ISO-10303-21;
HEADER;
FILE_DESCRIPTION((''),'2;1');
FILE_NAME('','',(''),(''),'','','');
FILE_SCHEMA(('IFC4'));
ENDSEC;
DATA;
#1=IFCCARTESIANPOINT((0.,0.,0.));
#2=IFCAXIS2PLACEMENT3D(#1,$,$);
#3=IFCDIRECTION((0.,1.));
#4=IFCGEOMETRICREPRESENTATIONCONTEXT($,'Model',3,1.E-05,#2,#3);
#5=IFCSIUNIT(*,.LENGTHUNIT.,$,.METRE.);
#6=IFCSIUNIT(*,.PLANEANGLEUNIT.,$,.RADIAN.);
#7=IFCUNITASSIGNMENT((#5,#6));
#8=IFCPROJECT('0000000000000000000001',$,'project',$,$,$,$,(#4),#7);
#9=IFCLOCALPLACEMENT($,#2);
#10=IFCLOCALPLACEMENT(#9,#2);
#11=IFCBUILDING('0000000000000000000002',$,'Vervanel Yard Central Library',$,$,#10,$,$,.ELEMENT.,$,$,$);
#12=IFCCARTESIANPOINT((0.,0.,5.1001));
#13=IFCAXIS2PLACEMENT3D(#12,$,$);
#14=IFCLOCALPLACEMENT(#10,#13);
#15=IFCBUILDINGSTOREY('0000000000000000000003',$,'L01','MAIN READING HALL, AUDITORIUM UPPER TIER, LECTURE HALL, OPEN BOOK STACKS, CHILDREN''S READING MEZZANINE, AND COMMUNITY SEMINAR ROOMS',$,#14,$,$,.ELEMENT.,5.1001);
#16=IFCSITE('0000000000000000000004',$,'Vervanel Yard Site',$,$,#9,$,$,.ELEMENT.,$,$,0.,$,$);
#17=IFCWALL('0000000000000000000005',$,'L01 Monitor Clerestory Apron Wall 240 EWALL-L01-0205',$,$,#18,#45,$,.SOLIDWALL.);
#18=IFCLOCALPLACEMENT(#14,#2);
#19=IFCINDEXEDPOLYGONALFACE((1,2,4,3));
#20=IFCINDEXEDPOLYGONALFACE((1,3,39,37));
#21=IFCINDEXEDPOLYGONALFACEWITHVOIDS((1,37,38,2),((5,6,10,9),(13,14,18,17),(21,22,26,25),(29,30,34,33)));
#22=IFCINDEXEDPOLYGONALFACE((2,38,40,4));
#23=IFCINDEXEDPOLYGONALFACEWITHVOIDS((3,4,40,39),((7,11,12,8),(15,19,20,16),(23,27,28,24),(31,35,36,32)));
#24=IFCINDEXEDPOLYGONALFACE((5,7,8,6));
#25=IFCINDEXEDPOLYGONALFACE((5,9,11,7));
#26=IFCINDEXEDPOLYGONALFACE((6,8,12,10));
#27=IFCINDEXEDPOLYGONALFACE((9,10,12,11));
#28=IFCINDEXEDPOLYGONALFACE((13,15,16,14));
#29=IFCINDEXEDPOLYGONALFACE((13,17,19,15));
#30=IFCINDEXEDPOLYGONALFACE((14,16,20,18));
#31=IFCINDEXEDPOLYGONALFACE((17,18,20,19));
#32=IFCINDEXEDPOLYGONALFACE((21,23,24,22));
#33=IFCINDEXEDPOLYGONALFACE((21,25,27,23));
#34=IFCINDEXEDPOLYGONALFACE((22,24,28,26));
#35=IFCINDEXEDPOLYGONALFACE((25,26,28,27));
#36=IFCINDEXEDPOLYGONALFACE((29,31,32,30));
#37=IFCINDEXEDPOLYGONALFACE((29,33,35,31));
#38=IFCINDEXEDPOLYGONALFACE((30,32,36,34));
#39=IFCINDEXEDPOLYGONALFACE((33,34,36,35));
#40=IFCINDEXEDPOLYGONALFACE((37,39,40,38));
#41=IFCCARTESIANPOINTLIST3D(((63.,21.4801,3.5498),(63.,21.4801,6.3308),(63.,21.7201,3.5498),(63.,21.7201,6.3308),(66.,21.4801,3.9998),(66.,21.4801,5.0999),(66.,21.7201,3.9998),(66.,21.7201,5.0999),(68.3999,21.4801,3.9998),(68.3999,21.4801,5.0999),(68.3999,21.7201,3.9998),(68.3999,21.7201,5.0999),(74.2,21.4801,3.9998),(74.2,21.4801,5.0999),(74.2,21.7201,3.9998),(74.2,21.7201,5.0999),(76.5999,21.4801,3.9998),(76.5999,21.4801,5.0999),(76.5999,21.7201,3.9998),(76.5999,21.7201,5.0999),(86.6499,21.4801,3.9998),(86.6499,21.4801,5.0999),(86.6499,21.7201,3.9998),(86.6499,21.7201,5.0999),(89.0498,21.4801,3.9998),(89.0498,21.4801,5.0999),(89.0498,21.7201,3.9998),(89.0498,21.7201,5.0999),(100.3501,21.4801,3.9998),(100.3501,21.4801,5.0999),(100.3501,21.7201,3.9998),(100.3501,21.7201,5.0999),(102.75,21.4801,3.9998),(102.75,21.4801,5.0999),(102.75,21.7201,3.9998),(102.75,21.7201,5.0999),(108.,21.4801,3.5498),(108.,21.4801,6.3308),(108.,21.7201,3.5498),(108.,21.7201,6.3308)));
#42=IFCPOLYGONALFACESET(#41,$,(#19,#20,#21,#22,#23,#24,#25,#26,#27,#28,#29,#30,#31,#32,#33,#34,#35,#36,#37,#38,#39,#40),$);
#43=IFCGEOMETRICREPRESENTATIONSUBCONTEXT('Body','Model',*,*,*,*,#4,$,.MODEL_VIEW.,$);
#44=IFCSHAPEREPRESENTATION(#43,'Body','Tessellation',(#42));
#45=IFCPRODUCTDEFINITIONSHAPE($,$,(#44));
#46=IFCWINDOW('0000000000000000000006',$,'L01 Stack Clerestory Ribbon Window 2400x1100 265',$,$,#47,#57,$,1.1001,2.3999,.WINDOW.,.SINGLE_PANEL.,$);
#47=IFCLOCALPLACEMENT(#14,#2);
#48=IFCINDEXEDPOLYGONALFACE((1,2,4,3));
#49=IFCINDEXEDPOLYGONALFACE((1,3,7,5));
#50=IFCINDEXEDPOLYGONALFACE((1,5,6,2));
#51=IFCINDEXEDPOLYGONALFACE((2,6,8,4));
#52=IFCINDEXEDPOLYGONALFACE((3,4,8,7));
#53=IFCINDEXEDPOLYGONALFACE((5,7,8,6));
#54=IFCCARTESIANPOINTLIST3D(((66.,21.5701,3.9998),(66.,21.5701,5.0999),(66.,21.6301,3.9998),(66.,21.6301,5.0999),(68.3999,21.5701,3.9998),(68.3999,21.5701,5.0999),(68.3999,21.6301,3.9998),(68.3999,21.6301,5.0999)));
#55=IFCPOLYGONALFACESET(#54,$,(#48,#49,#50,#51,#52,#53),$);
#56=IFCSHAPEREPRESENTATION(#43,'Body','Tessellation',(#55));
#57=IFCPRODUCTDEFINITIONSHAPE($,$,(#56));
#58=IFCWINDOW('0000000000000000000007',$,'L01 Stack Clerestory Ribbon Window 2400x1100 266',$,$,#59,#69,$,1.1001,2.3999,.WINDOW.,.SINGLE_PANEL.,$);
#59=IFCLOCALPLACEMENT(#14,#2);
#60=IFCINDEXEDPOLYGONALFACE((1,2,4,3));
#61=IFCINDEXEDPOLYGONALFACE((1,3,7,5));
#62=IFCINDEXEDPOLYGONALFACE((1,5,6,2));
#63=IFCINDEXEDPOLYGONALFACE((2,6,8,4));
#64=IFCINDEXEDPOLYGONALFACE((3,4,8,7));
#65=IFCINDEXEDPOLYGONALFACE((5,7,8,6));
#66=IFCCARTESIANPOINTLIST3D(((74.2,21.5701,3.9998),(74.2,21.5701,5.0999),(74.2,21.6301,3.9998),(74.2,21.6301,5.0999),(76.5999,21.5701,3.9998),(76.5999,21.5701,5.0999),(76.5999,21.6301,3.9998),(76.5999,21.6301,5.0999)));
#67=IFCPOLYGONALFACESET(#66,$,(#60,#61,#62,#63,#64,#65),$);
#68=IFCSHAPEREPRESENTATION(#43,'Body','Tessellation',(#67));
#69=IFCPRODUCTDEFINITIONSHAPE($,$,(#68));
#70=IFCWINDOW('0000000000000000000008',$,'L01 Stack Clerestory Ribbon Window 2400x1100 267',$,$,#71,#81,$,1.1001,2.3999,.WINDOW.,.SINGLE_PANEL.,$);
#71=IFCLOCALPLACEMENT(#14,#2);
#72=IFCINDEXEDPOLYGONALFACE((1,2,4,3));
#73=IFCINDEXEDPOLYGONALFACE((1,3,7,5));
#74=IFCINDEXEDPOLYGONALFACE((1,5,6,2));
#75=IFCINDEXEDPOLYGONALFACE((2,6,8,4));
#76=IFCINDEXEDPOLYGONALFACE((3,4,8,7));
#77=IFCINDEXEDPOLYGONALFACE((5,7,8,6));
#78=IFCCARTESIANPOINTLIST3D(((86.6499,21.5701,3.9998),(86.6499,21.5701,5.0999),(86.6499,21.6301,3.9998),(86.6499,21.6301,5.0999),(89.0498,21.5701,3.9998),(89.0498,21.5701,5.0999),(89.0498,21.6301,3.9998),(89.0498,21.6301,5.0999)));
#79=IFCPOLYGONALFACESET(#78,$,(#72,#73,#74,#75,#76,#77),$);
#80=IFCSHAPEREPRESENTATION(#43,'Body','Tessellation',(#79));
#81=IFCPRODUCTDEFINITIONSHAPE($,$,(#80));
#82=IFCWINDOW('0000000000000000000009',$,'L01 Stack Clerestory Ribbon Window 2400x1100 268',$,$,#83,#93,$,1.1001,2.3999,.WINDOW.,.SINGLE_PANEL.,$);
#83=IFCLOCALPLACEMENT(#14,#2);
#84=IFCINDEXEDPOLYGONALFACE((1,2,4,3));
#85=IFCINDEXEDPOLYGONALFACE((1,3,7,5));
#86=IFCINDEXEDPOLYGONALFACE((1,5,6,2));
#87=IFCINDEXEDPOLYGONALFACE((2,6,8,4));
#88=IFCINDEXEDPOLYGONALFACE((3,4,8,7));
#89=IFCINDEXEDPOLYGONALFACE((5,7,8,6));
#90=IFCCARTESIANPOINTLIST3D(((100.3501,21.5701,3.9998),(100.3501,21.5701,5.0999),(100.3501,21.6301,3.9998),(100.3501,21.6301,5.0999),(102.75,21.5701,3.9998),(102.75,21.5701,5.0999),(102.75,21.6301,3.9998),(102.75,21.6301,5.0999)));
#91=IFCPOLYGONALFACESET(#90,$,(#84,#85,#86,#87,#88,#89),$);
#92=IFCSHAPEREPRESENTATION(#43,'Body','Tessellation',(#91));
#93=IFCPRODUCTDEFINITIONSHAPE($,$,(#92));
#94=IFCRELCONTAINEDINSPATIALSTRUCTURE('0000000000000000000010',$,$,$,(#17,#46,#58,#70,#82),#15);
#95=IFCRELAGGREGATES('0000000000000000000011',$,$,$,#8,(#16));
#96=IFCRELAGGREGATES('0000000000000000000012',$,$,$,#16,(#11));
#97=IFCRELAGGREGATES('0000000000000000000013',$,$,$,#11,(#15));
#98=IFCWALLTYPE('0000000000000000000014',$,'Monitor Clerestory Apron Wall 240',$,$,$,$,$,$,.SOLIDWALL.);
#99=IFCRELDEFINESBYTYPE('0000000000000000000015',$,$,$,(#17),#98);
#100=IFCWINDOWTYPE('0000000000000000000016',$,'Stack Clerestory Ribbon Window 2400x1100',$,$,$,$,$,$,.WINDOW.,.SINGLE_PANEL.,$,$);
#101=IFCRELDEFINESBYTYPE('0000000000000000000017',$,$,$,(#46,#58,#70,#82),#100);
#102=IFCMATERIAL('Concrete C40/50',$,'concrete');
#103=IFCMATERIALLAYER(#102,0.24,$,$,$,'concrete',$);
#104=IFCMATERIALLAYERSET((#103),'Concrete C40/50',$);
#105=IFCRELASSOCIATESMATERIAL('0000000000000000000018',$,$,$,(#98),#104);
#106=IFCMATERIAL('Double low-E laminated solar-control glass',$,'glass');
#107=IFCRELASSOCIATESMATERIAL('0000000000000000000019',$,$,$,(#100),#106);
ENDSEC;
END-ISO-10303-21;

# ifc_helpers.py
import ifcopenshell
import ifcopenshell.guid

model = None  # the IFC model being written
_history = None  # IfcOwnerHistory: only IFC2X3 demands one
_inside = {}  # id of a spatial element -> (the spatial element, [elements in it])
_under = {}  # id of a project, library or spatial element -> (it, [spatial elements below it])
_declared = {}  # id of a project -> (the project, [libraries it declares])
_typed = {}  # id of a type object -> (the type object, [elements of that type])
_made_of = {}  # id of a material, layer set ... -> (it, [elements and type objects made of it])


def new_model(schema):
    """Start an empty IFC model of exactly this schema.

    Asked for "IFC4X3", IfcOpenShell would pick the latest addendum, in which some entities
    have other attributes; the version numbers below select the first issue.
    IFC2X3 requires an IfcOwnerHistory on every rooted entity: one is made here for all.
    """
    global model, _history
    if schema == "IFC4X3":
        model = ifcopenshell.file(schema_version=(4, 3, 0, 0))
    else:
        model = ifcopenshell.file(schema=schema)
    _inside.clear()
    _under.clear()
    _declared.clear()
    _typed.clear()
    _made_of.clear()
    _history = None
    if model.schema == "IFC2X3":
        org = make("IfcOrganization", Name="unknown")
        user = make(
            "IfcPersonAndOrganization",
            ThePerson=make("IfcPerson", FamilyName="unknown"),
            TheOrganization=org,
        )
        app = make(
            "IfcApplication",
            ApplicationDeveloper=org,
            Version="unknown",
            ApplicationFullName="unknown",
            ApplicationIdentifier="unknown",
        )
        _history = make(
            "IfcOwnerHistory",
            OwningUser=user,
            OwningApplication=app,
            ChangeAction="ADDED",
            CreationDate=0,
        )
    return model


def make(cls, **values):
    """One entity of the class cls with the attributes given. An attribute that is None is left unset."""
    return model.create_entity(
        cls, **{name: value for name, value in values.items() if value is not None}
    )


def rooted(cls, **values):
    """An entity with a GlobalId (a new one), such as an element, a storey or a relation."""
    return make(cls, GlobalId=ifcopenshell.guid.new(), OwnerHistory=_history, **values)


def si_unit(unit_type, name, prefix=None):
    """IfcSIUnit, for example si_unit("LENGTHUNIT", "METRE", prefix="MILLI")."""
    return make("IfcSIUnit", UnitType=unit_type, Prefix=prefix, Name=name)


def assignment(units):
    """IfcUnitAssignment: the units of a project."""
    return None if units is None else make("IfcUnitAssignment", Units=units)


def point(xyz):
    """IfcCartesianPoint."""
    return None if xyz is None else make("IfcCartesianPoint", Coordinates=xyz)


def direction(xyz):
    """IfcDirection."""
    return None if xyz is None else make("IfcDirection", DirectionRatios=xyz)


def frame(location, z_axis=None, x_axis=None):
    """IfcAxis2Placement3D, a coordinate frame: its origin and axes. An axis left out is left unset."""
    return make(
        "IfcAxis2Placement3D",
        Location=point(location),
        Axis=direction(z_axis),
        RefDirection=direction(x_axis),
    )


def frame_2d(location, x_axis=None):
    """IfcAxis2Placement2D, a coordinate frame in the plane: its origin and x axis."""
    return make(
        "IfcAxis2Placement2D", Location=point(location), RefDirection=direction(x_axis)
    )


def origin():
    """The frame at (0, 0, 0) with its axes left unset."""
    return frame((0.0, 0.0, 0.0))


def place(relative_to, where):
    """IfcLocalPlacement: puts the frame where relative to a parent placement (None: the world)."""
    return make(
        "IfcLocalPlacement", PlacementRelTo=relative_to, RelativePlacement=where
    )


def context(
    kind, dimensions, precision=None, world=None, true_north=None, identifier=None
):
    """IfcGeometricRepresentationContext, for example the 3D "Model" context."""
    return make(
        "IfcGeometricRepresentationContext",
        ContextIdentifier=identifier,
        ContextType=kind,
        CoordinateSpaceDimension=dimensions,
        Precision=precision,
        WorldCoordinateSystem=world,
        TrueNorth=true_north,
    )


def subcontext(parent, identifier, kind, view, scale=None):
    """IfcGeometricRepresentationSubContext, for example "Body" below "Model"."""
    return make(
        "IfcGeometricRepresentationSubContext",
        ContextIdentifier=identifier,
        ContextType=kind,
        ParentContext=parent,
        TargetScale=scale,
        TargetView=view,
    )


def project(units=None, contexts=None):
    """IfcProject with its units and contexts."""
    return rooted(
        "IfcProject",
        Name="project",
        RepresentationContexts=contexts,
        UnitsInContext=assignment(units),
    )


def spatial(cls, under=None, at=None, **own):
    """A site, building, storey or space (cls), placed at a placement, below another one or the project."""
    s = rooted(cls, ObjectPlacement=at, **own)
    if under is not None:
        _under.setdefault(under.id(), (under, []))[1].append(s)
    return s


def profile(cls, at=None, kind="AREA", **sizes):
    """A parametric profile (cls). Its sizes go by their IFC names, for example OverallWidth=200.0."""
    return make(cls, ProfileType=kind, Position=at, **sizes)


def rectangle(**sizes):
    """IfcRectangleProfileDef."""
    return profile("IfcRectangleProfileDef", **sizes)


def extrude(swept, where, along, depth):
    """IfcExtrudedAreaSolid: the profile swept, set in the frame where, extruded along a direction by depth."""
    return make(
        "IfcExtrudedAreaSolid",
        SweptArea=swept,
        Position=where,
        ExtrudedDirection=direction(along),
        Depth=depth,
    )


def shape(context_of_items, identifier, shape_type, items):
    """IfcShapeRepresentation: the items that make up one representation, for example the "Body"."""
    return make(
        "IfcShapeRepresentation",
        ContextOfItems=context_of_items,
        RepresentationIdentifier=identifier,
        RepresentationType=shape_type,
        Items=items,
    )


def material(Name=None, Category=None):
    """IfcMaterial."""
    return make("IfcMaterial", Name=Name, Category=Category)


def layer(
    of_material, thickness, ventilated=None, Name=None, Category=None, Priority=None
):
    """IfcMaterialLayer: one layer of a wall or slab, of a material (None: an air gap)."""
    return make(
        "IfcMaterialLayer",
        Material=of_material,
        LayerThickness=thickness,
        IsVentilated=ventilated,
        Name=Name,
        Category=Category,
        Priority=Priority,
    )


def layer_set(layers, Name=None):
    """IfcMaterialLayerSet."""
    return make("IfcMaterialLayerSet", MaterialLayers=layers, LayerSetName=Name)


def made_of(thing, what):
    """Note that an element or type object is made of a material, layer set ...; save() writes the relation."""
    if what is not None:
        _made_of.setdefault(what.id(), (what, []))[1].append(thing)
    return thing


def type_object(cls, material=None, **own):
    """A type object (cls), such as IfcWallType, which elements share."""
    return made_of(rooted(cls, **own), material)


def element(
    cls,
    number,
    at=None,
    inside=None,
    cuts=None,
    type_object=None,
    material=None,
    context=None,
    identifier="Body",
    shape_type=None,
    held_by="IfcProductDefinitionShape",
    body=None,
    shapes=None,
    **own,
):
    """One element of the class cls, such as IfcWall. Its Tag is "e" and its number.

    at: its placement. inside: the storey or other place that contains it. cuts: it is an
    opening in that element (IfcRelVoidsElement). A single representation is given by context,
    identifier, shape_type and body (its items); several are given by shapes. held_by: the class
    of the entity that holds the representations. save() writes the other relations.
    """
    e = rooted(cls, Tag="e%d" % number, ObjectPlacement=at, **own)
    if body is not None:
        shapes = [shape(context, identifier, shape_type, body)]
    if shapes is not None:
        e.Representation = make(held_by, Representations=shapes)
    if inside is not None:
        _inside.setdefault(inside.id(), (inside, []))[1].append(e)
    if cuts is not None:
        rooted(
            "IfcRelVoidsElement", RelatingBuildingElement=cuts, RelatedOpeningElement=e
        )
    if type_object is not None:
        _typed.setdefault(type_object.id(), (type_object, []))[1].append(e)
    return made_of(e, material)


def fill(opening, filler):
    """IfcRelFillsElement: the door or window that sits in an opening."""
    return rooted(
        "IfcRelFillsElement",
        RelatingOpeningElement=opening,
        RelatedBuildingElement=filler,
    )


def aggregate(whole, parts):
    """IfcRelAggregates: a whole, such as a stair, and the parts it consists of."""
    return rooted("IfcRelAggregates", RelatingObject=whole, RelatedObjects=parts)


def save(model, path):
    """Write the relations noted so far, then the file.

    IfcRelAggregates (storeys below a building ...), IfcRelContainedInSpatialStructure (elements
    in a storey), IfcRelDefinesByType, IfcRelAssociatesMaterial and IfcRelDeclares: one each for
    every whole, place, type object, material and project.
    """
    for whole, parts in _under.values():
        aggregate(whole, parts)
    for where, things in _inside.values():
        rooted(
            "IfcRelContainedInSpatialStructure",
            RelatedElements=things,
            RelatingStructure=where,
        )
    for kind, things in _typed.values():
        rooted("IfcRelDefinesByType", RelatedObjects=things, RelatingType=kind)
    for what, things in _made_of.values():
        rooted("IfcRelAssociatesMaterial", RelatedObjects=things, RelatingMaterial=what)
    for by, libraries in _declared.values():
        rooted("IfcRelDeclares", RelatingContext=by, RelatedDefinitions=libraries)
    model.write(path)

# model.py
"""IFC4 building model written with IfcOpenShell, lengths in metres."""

from ifc_helpers import new_model, si_unit, direction, frame, frame_2d, origin, place, context, subcontext, project, spatial, rectangle, extrude, material, layer, layer_set, type_object, element, fill, save


model = new_model("IFC4")

# Units and contexts
model_context = context("Model", 3, precision=1e-05, world=origin(), true_north=direction((0.0, 1.0)))
body_context = subcontext(model_context, "Body", "Model", "MODEL_VIEW")
ifc_project = project(units=[si_unit("LENGTHUNIT", "METRE"), si_unit("PLANEANGLEUNIT", "RADIAN")], contexts=[model_context])

# Site, building, storey
site_placement = place(None, origin())
site = spatial("IfcSite", under=ifc_project, at=site_placement, Name="Vervanel Yard Site", CompositionType="ELEMENT", RefElevation=0.0)
building_placement = place(site_placement, origin())
building = spatial("IfcBuilding", under=site, at=building_placement, Name="Vervanel Yard Central Library", CompositionType="ELEMENT")
storey_placement = place(building_placement, frame((0.0, 0.0, 5.1001)))
storey = spatial("IfcBuildingStorey", under=building, at=storey_placement, Name="L01", Description="MAIN READING HALL, AUDITORIUM UPPER TIER, LECTURE HALL, OPEN BOOK STACKS, CHILDREN'S READING MEZZANINE, AND COMMUNITY SEMINAR ROOMS", CompositionType="ELEMENT", Elevation=5.1001)

# Shared definitions
ifc_material_1 = material(Name="Concrete C40/50", Category="concrete")

# Shared definitions
ifc_material_2 = material(Name="Double low-E laminated solar-control glass", Category="glass")

# Wall, openings, windows
ifc_layer_1 = layer(ifc_material_1, 0.24, Category="concrete")
ifc_layer_set_1 = layer_set([ifc_layer_1], Name="Concrete C40/50")
wall_type = type_object("IfcWallType", Name="Monitor Clerestory Apron Wall 240", PredefinedType="SOLIDWALL", material=ifc_layer_set_1)
wall_placement = place(storey_placement, frame((63.0, 21.6001, 3.5498), z_axis=(0.0, 0.0, 1.0), x_axis=(1.0, 0.0, 0.0)))
wall = element("IfcWall", 1, at=wall_placement, inside=storey, type_object=wall_type, Name="L01 Monitor Clerestory Apron Wall 240 EWALL-L01-0205", PredefinedType="SOLIDWALL", context=body_context, shape_type="SweptSolid", body=[
    extrude(rectangle(XDim=45.0, YDim=0.24, at=frame_2d((22.5, 0.0))), origin(), (0.0, 0.0, 1.0), 2.781),
])
opening_1_placement = place(wall_placement, frame((3.0, 0.0, 0.45)))
opening_1 = element("IfcOpeningElement", 2, at=opening_1_placement, cuts=wall, PredefinedType="OPENING", context=body_context, shape_type="SweptSolid", body=[
    extrude(rectangle(XDim=2.3999, YDim=1.1001, at=frame_2d((1.2, 0.55))), frame((0.0, 0.1299, 0.0), z_axis=(0.0, -1.0, 0.0), x_axis=(1.0, 0.0, 0.0)), (0.0, 0.0, 1.0), 0.26),
])
opening_2_placement = place(wall_placement, frame((11.2, 0.0, 0.45)))
opening_2 = element("IfcOpeningElement", 3, at=opening_2_placement, cuts=wall, PredefinedType="OPENING", context=body_context, shape_type="SweptSolid", body=[
    extrude(rectangle(XDim=2.3999, YDim=1.1001, at=frame_2d((1.2, 0.55))), frame((0.0, 0.1299, 0.0), z_axis=(0.0, -1.0, 0.0), x_axis=(1.0, 0.0, 0.0)), (0.0, 0.0, 1.0), 0.26),
])
opening_3_placement = place(wall_placement, frame((23.6499, 0.0, 0.45)))
opening_3 = element("IfcOpeningElement", 4, at=opening_3_placement, cuts=wall, PredefinedType="OPENING", context=body_context, shape_type="SweptSolid", body=[
    extrude(rectangle(XDim=2.3999, YDim=1.1001, at=frame_2d((1.2, 0.55))), frame((0.0, 0.1299, 0.0), z_axis=(0.0, -1.0, 0.0), x_axis=(1.0, 0.0, 0.0)), (0.0, 0.0, 1.0), 0.26),
])
opening_4_placement = place(wall_placement, frame((37.3501, 0.0, 0.45)))
opening_4 = element("IfcOpeningElement", 5, at=opening_4_placement, cuts=wall, PredefinedType="OPENING", context=body_context, shape_type="SweptSolid", body=[
    extrude(rectangle(XDim=2.3999, YDim=1.1001, at=frame_2d((1.2, 0.55))), frame((0.0, 0.1299, 0.0), z_axis=(0.0, -1.0, 0.0), x_axis=(1.0, 0.0, 0.0)), (0.0, 0.0, 1.0), 0.26),
])
window_type = type_object("IfcWindowType", Name="Stack Clerestory Ribbon Window 2400x1100", PartitioningType="SINGLE_PANEL", PredefinedType="WINDOW", material=ifc_material_2)
window_1_placement = place(opening_1_placement, origin())
window_1 = element("IfcWindow", 6, at=window_1_placement, inside=storey, type_object=window_type, Name="L01 Stack Clerestory Ribbon Window 2400x1100 265", OverallHeight=1.1001, OverallWidth=2.3999, PartitioningType="SINGLE_PANEL", PredefinedType="WINDOW", context=body_context, shape_type="SweptSolid", body=[
    extrude(rectangle(XDim=2.3999, YDim=1.1001, at=frame_2d((1.2, 0.55))), frame((0.0, 0.03, 0.0), z_axis=(0.0, -1.0, 0.0), x_axis=(1.0, 0.0, 0.0)), (0.0, 0.0, 1.0), 0.0601),
])
fill(opening_1, window_1)
window_2_placement = place(opening_2_placement, origin())
window_2 = element("IfcWindow", 7, at=window_2_placement, inside=storey, type_object=window_type, Name="L01 Stack Clerestory Ribbon Window 2400x1100 266", OverallHeight=1.1001, OverallWidth=2.3999, PartitioningType="SINGLE_PANEL", PredefinedType="WINDOW", context=body_context, shape_type="SweptSolid", body=[
    extrude(rectangle(XDim=2.3999, YDim=1.1001, at=frame_2d((1.2, 0.55))), frame((0.0, 0.03, 0.0), z_axis=(0.0, -1.0, 0.0), x_axis=(1.0, 0.0, 0.0)), (0.0, 0.0, 1.0), 0.0601),
])
fill(opening_2, window_2)
window_3_placement = place(opening_3_placement, origin())
window_3 = element("IfcWindow", 8, at=window_3_placement, inside=storey, type_object=window_type, Name="L01 Stack Clerestory Ribbon Window 2400x1100 267", OverallHeight=1.1001, OverallWidth=2.3999, PartitioningType="SINGLE_PANEL", PredefinedType="WINDOW", context=body_context, shape_type="SweptSolid", body=[
    extrude(rectangle(XDim=2.3999, YDim=1.1001, at=frame_2d((1.2, 0.55))), frame((0.0, 0.03, 0.0), z_axis=(0.0, -1.0, 0.0), x_axis=(1.0, 0.0, 0.0)), (0.0, 0.0, 1.0), 0.0601),
])
fill(opening_3, window_3)
window_4_placement = place(opening_4_placement, origin())
window_4 = element("IfcWindow", 9, at=window_4_placement, inside=storey, type_object=window_type, Name="L01 Stack Clerestory Ribbon Window 2400x1100 268", OverallHeight=1.1001, OverallWidth=2.3999, PartitioningType="SINGLE_PANEL", PredefinedType="WINDOW", context=body_context, shape_type="SweptSolid", body=[
    extrude(rectangle(XDim=2.3999, YDim=1.1001, at=frame_2d((1.2, 0.55))), frame((0.0, 0.03, 0.0), z_axis=(0.0, -1.0, 0.0), x_axis=(1.0, 0.0, 0.0)), (0.0, 0.0, 1.0), 0.0601),
])
fill(opening_4, window_4)

save(model, "model.ifc")
